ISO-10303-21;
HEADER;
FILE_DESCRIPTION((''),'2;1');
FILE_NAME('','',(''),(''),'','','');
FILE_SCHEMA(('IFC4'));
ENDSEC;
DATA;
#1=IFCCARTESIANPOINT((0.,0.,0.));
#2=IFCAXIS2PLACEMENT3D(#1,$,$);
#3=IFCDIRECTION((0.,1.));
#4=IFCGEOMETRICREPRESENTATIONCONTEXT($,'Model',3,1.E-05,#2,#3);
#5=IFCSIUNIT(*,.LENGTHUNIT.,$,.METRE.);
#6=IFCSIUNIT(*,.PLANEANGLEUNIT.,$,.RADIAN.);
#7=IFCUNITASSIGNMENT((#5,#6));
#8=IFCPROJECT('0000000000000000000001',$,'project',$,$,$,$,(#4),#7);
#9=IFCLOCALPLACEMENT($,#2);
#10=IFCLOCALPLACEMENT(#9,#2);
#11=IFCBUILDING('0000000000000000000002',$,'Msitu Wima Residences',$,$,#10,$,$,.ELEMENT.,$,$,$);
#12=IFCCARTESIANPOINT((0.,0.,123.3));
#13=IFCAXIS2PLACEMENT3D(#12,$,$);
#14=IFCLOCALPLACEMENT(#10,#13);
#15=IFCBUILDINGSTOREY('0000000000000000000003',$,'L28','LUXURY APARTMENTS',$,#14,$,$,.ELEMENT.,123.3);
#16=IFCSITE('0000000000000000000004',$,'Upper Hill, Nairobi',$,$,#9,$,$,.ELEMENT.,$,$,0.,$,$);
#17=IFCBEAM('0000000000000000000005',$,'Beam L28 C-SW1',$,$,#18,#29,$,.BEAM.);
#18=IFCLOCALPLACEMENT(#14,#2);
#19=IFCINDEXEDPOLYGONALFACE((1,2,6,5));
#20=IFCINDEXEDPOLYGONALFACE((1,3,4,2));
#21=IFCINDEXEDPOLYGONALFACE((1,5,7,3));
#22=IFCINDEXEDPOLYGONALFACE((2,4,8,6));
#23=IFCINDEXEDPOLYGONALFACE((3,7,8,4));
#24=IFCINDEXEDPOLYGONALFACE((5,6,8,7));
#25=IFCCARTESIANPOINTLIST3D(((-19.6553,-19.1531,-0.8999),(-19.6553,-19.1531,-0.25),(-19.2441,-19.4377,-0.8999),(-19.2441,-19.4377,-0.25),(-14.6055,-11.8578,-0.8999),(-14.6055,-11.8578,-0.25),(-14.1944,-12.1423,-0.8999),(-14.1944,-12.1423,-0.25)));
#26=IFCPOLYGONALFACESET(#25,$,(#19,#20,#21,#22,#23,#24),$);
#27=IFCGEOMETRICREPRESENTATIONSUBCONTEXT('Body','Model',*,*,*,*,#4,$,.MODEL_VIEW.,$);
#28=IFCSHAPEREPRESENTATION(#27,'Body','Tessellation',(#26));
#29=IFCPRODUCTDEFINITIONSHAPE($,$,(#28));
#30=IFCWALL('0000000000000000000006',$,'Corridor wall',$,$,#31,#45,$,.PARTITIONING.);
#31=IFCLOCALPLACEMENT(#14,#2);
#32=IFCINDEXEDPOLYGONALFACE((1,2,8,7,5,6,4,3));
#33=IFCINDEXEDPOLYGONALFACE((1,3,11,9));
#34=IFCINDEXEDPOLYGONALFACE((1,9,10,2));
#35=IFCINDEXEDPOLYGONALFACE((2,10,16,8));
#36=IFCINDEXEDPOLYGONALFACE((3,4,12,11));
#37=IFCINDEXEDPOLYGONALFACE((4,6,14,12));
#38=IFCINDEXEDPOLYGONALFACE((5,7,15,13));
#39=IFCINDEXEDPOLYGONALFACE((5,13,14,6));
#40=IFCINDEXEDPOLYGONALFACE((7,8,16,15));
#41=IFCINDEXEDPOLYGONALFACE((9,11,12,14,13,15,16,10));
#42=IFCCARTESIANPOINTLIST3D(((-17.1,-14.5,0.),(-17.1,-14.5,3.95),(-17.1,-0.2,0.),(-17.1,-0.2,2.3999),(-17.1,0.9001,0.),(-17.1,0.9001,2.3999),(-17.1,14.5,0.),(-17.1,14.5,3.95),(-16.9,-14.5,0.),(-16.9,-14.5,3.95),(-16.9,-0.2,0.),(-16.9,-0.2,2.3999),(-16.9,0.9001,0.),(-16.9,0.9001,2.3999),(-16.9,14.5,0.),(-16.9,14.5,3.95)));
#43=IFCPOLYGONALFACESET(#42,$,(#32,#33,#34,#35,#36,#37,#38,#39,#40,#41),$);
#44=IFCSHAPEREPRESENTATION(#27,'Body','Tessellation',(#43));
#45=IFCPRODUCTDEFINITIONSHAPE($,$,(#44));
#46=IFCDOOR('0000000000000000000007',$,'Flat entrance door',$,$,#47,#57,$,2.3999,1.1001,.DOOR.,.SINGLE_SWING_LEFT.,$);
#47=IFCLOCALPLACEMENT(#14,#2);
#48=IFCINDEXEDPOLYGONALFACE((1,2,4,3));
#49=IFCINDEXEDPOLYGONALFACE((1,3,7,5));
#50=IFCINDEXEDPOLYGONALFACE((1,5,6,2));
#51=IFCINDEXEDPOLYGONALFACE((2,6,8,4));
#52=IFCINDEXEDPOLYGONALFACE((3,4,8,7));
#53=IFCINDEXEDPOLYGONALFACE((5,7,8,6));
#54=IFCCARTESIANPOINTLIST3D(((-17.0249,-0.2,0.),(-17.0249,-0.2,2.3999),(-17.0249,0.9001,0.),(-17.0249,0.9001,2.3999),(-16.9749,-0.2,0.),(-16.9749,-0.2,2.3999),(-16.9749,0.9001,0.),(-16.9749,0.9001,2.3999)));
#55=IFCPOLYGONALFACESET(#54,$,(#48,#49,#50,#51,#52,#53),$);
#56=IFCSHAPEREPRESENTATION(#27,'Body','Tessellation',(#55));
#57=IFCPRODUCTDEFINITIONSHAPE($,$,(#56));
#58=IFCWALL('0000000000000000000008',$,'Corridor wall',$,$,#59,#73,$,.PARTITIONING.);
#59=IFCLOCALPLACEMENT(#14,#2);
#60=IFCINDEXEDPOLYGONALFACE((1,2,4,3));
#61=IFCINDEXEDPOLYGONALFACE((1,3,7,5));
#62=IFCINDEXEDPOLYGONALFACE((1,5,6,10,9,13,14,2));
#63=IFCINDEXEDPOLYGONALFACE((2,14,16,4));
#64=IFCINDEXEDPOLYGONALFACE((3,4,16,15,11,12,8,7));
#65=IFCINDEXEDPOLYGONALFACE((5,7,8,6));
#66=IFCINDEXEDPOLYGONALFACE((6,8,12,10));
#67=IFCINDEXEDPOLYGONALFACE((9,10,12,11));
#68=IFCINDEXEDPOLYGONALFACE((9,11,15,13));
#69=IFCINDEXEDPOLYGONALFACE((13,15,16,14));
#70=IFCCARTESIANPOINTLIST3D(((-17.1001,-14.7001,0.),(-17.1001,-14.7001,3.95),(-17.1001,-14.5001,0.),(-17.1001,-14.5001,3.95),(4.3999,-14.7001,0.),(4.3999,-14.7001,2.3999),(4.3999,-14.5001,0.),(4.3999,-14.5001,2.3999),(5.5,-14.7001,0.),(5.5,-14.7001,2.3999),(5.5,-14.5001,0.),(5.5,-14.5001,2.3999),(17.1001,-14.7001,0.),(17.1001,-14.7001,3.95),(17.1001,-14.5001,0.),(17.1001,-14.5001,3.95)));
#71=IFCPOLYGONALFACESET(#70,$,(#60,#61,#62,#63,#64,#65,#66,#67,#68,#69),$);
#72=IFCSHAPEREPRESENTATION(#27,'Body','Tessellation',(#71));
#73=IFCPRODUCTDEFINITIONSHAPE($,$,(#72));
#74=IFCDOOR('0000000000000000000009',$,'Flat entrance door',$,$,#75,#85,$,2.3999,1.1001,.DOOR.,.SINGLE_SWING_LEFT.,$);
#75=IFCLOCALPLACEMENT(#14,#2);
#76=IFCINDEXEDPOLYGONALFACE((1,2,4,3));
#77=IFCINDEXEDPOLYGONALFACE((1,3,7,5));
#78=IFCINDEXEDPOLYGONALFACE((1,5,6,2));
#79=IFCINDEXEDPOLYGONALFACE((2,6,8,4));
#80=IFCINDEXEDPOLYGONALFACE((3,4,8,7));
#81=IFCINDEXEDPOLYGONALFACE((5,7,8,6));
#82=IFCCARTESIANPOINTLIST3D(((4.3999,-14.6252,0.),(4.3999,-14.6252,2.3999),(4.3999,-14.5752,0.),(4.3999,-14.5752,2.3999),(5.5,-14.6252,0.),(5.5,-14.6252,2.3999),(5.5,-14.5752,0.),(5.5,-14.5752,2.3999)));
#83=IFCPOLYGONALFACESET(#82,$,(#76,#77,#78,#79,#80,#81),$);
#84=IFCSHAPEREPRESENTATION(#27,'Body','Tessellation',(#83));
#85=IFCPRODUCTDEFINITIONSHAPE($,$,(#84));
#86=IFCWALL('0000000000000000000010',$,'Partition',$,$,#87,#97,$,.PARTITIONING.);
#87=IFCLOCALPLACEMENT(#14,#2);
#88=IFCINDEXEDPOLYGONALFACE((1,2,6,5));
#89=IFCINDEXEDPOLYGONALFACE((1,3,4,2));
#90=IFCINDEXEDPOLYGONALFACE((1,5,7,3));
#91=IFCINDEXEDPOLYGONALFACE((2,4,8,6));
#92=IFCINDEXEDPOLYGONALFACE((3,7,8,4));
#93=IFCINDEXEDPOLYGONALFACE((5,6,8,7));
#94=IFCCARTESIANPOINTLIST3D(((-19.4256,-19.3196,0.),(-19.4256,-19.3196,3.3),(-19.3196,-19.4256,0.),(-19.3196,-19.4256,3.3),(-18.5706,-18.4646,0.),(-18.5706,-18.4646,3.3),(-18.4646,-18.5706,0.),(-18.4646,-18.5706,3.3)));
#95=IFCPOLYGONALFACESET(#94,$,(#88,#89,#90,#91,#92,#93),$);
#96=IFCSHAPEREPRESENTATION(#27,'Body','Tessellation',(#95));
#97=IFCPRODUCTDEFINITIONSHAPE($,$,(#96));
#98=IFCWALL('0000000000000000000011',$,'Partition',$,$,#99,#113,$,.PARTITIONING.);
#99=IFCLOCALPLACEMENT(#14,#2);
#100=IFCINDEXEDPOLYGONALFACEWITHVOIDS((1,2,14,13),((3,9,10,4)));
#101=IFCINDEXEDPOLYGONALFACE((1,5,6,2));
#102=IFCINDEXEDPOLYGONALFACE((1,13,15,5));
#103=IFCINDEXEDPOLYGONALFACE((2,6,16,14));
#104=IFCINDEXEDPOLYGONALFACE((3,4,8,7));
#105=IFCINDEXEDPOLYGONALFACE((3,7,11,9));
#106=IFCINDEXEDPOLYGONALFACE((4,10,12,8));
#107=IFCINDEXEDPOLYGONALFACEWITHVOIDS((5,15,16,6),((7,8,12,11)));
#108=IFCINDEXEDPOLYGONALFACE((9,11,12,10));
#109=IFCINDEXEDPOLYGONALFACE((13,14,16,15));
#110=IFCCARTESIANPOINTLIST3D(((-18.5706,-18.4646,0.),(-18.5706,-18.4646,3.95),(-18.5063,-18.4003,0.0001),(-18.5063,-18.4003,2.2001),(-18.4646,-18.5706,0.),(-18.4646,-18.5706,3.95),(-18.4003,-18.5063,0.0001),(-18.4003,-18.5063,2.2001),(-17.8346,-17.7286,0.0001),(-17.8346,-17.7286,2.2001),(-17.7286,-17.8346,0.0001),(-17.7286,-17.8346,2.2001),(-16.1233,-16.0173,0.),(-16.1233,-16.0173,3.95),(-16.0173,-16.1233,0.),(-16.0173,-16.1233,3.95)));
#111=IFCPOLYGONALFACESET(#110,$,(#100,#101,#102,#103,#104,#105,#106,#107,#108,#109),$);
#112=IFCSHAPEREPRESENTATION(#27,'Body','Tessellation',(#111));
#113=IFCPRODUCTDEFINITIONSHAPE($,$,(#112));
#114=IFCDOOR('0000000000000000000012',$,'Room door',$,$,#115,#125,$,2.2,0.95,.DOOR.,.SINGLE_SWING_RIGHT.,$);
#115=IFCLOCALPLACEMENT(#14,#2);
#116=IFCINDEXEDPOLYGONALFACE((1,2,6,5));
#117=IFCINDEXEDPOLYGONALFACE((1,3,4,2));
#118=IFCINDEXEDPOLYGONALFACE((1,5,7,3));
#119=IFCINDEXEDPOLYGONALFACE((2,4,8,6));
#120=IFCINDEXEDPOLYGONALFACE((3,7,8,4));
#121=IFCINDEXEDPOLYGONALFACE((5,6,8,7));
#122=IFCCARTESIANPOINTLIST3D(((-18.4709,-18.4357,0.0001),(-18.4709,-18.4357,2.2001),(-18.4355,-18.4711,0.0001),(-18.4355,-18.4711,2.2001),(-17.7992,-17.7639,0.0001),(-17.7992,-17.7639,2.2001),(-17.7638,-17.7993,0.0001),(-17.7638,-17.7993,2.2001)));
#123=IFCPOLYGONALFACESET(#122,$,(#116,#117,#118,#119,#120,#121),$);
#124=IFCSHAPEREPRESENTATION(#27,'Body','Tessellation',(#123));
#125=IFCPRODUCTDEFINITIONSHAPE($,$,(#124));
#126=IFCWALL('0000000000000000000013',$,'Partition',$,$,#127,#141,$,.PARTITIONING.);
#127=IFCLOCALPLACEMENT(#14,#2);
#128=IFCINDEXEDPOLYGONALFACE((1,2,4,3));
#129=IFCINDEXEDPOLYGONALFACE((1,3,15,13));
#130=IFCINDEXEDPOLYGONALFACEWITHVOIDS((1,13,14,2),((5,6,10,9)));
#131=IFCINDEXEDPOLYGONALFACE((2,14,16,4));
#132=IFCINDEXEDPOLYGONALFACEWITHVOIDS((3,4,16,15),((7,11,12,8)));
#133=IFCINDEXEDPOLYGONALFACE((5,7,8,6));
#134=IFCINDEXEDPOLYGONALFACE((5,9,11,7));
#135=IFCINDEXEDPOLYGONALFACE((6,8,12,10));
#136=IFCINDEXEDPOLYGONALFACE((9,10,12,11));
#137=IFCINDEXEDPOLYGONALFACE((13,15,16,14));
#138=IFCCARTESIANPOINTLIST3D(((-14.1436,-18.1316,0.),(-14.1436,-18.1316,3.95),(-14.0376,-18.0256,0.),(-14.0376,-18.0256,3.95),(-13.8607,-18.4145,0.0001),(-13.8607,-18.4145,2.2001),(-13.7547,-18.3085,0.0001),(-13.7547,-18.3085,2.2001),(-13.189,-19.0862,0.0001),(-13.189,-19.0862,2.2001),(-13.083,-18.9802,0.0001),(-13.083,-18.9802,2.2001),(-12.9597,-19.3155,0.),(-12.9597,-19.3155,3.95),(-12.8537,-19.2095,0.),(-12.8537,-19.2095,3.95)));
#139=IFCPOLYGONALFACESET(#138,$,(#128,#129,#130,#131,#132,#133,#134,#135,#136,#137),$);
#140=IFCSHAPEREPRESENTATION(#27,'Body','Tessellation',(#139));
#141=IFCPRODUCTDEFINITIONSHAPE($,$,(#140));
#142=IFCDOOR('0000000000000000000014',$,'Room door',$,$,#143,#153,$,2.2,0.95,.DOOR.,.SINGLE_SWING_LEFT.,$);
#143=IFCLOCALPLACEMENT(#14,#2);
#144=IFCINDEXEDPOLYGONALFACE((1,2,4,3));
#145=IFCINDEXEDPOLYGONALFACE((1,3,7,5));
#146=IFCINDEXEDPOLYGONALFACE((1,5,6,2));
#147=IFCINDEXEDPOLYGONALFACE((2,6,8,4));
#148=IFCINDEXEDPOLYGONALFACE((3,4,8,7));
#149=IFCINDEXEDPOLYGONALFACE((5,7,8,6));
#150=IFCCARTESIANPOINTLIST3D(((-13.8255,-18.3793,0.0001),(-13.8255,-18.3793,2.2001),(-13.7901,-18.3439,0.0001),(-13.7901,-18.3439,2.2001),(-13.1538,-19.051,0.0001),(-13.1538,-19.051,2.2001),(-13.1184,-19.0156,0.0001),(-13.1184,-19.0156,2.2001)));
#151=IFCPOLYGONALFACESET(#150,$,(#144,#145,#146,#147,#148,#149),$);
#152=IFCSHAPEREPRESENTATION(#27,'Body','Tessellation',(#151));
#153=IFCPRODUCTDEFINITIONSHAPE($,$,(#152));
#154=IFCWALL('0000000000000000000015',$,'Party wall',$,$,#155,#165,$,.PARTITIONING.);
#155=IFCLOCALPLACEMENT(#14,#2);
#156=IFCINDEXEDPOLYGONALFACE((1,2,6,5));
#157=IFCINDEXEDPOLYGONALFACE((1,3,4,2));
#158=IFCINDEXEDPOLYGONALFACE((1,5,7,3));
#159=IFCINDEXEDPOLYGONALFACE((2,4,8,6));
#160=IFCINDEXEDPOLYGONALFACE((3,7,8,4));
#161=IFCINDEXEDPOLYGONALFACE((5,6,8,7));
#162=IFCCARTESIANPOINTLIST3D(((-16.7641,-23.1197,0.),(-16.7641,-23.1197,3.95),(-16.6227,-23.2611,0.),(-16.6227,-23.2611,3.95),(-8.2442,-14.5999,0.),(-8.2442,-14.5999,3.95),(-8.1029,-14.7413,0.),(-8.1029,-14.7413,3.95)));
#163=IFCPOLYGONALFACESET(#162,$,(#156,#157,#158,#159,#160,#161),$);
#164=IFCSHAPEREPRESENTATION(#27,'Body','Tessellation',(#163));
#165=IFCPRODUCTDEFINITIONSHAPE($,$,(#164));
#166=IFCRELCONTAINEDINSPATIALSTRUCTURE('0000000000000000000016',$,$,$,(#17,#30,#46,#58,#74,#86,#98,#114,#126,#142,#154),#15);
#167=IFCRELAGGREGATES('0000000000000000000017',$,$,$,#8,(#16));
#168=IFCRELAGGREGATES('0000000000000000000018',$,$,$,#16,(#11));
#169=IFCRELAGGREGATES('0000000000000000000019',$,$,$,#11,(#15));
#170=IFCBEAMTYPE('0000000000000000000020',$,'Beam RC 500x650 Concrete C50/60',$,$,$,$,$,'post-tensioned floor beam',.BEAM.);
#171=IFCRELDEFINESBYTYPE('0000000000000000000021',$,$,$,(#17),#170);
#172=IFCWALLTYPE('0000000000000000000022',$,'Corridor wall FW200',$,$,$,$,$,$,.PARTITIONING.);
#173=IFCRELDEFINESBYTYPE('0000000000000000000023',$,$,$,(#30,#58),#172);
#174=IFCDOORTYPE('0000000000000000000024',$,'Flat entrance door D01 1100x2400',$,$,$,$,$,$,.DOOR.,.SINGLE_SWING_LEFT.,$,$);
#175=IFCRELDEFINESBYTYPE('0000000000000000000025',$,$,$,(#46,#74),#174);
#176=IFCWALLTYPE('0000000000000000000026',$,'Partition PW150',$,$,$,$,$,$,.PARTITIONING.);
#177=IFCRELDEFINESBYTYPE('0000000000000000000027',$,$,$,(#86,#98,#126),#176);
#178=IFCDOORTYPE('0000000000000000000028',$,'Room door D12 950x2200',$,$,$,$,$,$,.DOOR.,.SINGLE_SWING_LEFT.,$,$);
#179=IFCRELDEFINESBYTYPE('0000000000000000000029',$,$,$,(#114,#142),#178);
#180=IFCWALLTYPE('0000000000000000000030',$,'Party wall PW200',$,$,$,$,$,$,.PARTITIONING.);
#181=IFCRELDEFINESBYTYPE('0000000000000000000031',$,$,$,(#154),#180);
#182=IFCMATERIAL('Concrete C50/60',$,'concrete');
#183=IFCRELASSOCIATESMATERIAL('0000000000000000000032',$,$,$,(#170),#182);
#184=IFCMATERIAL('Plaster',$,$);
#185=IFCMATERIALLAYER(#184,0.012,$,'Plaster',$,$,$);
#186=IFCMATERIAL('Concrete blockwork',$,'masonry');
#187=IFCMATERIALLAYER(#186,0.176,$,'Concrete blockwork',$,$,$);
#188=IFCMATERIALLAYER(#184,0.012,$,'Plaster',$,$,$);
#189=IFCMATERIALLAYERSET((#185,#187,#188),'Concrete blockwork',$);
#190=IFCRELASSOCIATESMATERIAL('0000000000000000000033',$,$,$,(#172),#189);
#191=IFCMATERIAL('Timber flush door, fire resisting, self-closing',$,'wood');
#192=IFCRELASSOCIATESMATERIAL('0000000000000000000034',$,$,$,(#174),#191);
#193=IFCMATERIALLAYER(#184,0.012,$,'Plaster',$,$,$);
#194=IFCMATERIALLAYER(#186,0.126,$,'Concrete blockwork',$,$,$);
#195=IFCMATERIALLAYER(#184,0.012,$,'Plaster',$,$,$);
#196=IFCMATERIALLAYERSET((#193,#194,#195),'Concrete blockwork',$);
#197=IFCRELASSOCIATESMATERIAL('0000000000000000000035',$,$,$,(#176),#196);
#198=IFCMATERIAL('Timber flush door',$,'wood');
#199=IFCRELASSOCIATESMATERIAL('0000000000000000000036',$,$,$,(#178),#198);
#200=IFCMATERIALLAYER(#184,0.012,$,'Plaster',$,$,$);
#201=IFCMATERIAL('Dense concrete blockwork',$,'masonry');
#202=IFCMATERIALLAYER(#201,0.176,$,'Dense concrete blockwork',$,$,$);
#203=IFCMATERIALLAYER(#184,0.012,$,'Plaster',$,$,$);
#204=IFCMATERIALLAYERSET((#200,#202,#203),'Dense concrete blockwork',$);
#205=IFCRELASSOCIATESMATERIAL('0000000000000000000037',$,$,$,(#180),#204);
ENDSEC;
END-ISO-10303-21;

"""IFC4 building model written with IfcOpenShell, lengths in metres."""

from ifc_helpers import new_model, si_unit, direction, frame, frame_2d, origin, origin_2d, place, context, subcontext, project, spatial, rectangle, extrude, material, layer, layer_set, material_profile, profile_set, type_object, element, fill, save


model = new_model("IFC4")

# Units and contexts
model_context = context("Model", 3, precision=1e-05, world=origin(), true_north=direction((0.0, 1.0)))
body_context = subcontext(model_context, "Body", "Model", "MODEL_VIEW")
ifc_project = project(units=[si_unit("LENGTHUNIT", "METRE"), si_unit("PLANEANGLEUNIT", "RADIAN")], contexts=[model_context])

# Site, building, storey
site_placement = place(None, origin())
site = spatial("IfcSite", under=ifc_project, at=site_placement, Name="Upper Hill, Nairobi", CompositionType="ELEMENT", RefElevation=0.0)
building_placement = place(site_placement, origin())
building = spatial("IfcBuilding", under=site, at=building_placement, Name="Msitu Wima Residences", CompositionType="ELEMENT")
storey_placement = place(building_placement, frame((0.0, 0.0, 123.3)))
storey = spatial("IfcBuildingStorey", under=building, at=storey_placement, Name="L28", Description="LUXURY APARTMENTS", CompositionType="ELEMENT", Elevation=123.3)

# Beam
ifc_material_1 = material(Name="Concrete C50/60", Category="concrete")
ifc_material_profile = material_profile(ifc_material_1, rectangle(XDim=0.5, YDim=0.6499, at=origin_2d()), Name="RC 500x650")
ifc_profile_set = profile_set([ifc_material_profile], Name="Concrete C50/60")
beam_type = type_object("IfcBeamType", Name="Beam RC 500x650 Concrete C50/60", ElementType="post-tensioned floor beam", PredefinedType="BEAM", material=ifc_profile_set)
beam_placement = place(storey_placement, frame((-19.4497, -19.2954, -0.575), z_axis=(0.569144, 0.822238, 0.0), x_axis=(-0.822238, 0.569144, 0.0)))
element("IfcBeam", 1, at=beam_placement, inside=storey, type_object=beam_type, Name="Beam L28 C-SW1", PredefinedType="BEAM", context=body_context, shape_type="SweptSolid", body=[
    extrude(rectangle(XDim=0.5, YDim=0.6499, at=origin_2d()), origin(), (0.0, 0.0, 1.0), 8.8726),
])

# Walls, openings, doors
ifc_material_2 = material(Name="Plaster")
ifc_layer_1 = layer(ifc_material_2, 0.012, Name="Plaster")
ifc_material_3 = material(Name="Concrete blockwork", Category="masonry")
ifc_layer_2 = layer(ifc_material_3, 0.176, Name="Concrete blockwork")
ifc_layer_3 = layer(ifc_material_2, 0.012, Name="Plaster")
ifc_layer_set_1 = layer_set([ifc_layer_1, ifc_layer_2, ifc_layer_3], Name="Concrete blockwork")
wall_type_1 = type_object("IfcWallType", Name="Corridor wall FW200", PredefinedType="PARTITIONING", material=ifc_layer_set_1)
wall_1_placement = place(storey_placement, frame((-17.0, -14.5, 0.0), z_axis=(0.0, 0.0, 1.0), x_axis=(0.0, 1.0, 0.0)))
wall_1 = element("IfcWall", 2, at=wall_1_placement, inside=storey, type_object=wall_type_1, Name="Corridor wall", PredefinedType="PARTITIONING", context=body_context, shape_type="SweptSolid", body=[
    extrude(rectangle(XDim=29.0, YDim=0.2, at=frame_2d((14.5, 0.0))), origin(), (0.0, 0.0, 1.0), 3.95),
])
opening_1_placement = place(wall_1_placement, frame((14.3, 0.0, 0.0)))
opening_1 = element("IfcOpeningElement", 3, at=opening_1_placement, cuts=wall_1, PredefinedType="OPENING", context=body_context, shape_type="SweptSolid", body=[
    extrude(rectangle(XDim=1.1001, YDim=2.3999, at=frame_2d((0.55, 1.2))), frame((0.0, 0.1099, 0.0), z_axis=(0.0, -1.0, 0.0), x_axis=(1.0, 0.0, 0.0)), (0.0, 0.0, 1.0), 0.22),
])
ifc_material_4 = material(Name="Timber flush door, fire resisting, self-closing", Category="wood")
door_type_1 = type_object("IfcDoorType", Name="Flat entrance door D01 1100x2400", OperationType="SINGLE_SWING_LEFT", PredefinedType="DOOR", material=ifc_material_4)
door_1_placement = place(opening_1_placement, origin())
door_1 = element("IfcDoor", 4, at=door_1_placement, inside=storey, type_object=door_type_1, Name="Flat entrance door", OperationType="SINGLE_SWING_LEFT", OverallHeight=2.3999, OverallWidth=1.1001, PredefinedType="DOOR", context=body_context, shape_type="SweptSolid", body=[
    extrude(rectangle(XDim=1.1001, YDim=2.3999, at=frame_2d((0.55, 1.2))), frame((0.0, 0.0249, 0.0), z_axis=(0.0, -1.0, 0.0), x_axis=(1.0, 0.0, 0.0)), (0.0, 0.0, 1.0), 0.05),
])
fill(opening_1, door_1)
wall_2_placement = place(storey_placement, frame((-17.1001, -14.6001, 0.0), z_axis=(0.0, 0.0, 1.0), x_axis=(1.0, 0.0, 0.0)))
wall_2 = element("IfcWall", 5, at=wall_2_placement, inside=storey, type_object=wall_type_1, Name="Corridor wall", PredefinedType="PARTITIONING", context=body_context, shape_type="SweptSolid", body=[
    extrude(rectangle(XDim=34.2002, YDim=0.2, at=frame_2d((17.1001, 0.0))), origin(), (0.0, 0.0, 1.0), 3.95),
])
opening_2_placement = place(wall_2_placement, frame((21.5, 0.0, 0.0)))
opening_2 = element("IfcOpeningElement", 6, at=opening_2_placement, cuts=wall_2, PredefinedType="OPENING", context=body_context, shape_type="SweptSolid", body=[
    extrude(rectangle(XDim=1.1001, YDim=2.3999, at=frame_2d((0.55, 1.2))), frame((0.0, 0.1099, 0.0), z_axis=(0.0, -1.0, 0.0), x_axis=(1.0, 0.0, 0.0)), (0.0, 0.0, 1.0), 0.22),
])
door_2_placement = place(opening_2_placement, origin())
door_2 = element("IfcDoor", 7, at=door_2_placement, inside=storey, type_object=door_type_1, Name="Flat entrance door", OperationType="SINGLE_SWING_LEFT", OverallHeight=2.3999, OverallWidth=1.1001, PredefinedType="DOOR", context=body_context, shape_type="SweptSolid", body=[
    extrude(rectangle(XDim=1.1001, YDim=2.3999, at=frame_2d((0.55, 1.2))), frame((0.0, 0.0249, 0.0), z_axis=(0.0, -1.0, 0.0), x_axis=(1.0, 0.0, 0.0)), (0.0, 0.0, 1.0), 0.05),
])
fill(opening_2, door_2)

# Wall
ifc_layer_4 = layer(ifc_material_2, 0.012, Name="Plaster")
ifc_layer_5 = layer(ifc_material_3, 0.126, Name="Concrete blockwork")
ifc_layer_6 = layer(ifc_material_2, 0.012, Name="Plaster")
ifc_layer_set_2 = layer_set([ifc_layer_4, ifc_layer_5, ifc_layer_6], Name="Concrete blockwork")
wall_type_2 = type_object("IfcWallType", Name="Partition PW150", PredefinedType="PARTITIONING", material=ifc_layer_set_2)
wall_3_placement = place(storey_placement, frame((-19.3726, -19.3726, 0.0), z_axis=(0.0, 0.0, 1.0), x_axis=(0.707107, 0.707107, 0.0)))
element("IfcWall", 8, at=wall_3_placement, inside=storey, type_object=wall_type_2, Name="Partition", PredefinedType="PARTITIONING", context=body_context, shape_type="SweptSolid", body=[
    extrude(rectangle(XDim=1.2092, YDim=0.1499, at=frame_2d((0.6045, 0.0))), origin(), (0.0, 0.0, 1.0), 3.3),
])

# Walls, openings, doors
wall_4_placement = place(storey_placement, frame((-18.5176, -18.5176, 0.0), z_axis=(0.0, 0.0, 1.0), x_axis=(0.707107, 0.707107, 0.0)))
wall_4 = element("IfcWall", 9, at=wall_4_placement, inside=storey, type_object=wall_type_2, Name="Partition", PredefinedType="PARTITIONING", context=body_context, shape_type="SweptSolid", body=[
    extrude(rectangle(XDim=3.4609, YDim=0.1499, at=frame_2d((1.7305, 0.0))), origin(), (0.0, 0.0, 1.0), 3.95),
])
opening_3_placement = place(wall_4_placement, frame((0.0908, 0.0, 0.0)))
opening_3 = element("IfcOpeningElement", 10, at=opening_3_placement, cuts=wall_4, PredefinedType="OPENING", context=body_context, shape_type="SweptSolid", body=[
    extrude(rectangle(XDim=0.95, YDim=2.2, at=frame_2d((0.4751, 1.1001))), frame((0.0, 0.085, 0.0), z_axis=(0.0, -1.0, 0.0), x_axis=(1.0, 0.0, 0.0)), (0.0, 0.0, 1.0), 0.1699),
])
ifc_material_5 = material(Name="Timber flush door", Category="wood")
door_type_2 = type_object("IfcDoorType", Name="Room door D12 950x2200", OperationType="SINGLE_SWING_LEFT", PredefinedType="DOOR", material=ifc_material_5)
door_3_placement = place(opening_3_placement, origin())
door_3 = element("IfcDoor", 11, at=door_3_placement, inside=storey, type_object=door_type_2, Name="Room door", OperationType="SINGLE_SWING_RIGHT", OverallHeight=2.2, OverallWidth=0.95, PredefinedType="DOOR", context=body_context, shape_type="SweptSolid", body=[
    extrude(rectangle(XDim=0.95, YDim=2.2, at=frame_2d((0.4751, 1.1001))), frame((0.0, 0.0249, 0.0), z_axis=(0.0, -1.0, 0.0), x_axis=(1.0, 0.0, 0.0)), (0.0, 0.0, 1.0), 0.05),
])
fill(opening_3, door_3)
wall_5_placement = place(storey_placement, frame((-14.0906, -18.0786, 0.0), z_axis=(0.0, 0.0, 1.0), x_axis=(0.707107, -0.707107, 0.0)))
wall_5 = element("IfcWall", 12, at=wall_5_placement, inside=storey, type_object=wall_type_2, Name="Partition", PredefinedType="PARTITIONING", context=body_context, shape_type="SweptSolid", body=[
    extrude(rectangle(XDim=1.6743, YDim=0.1499, at=frame_2d((0.8372, 0.0))), origin(), (0.0, 0.0, 1.0), 3.95),
])
opening_4_placement = place(wall_5_placement, frame((0.3999, 0.0, 0.0)))
opening_4 = element("IfcOpeningElement", 13, at=opening_4_placement, cuts=wall_5, PredefinedType="OPENING", context=body_context, shape_type="SweptSolid", body=[
    extrude(rectangle(XDim=0.95, YDim=2.2, at=frame_2d((0.4751, 1.1001))), frame((0.0, 0.085, 0.0), z_axis=(0.0, -1.0, 0.0), x_axis=(1.0, 0.0, 0.0)), (0.0, 0.0, 1.0), 0.1699),
])
door_4_placement = place(opening_4_placement, origin())
door_4 = element("IfcDoor", 14, at=door_4_placement, inside=storey, type_object=door_type_2, Name="Room door", OperationType="SINGLE_SWING_LEFT", OverallHeight=2.2, OverallWidth=0.95, PredefinedType="DOOR", context=body_context, shape_type="SweptSolid", body=[
    extrude(rectangle(XDim=0.95, YDim=2.2, at=frame_2d((0.4751, 1.1001))), frame((0.0, 0.0249, 0.0), z_axis=(0.0, -1.0, 0.0), x_axis=(1.0, 0.0, 0.0)), (0.0, 0.0, 1.0), 0.05),
])
fill(opening_4, door_4)

# Wall
ifc_layer_7 = layer(ifc_material_2, 0.012, Name="Plaster")
ifc_material_6 = material(Name="Dense concrete blockwork", Category="masonry")
ifc_layer_8 = layer(ifc_material_6, 0.176, Name="Dense concrete blockwork")
ifc_layer_9 = layer(ifc_material_2, 0.012, Name="Plaster")
ifc_layer_set_3 = layer_set([ifc_layer_7, ifc_layer_8, ifc_layer_9], Name="Dense concrete blockwork")
wall_type_3 = type_object("IfcWallType", Name="Party wall PW200", PredefinedType="PARTITIONING", material=ifc_layer_set_3)
wall_6_placement = place(storey_placement, frame((-16.6934, -23.1904, 0.0), z_axis=(0.0, 0.0, 1.0), x_axis=(0.707107, 0.707107, 0.0)))
element("IfcWall", 15, at=wall_6_placement, inside=storey, type_object=wall_type_3, Name="Party wall", PredefinedType="PARTITIONING", context=body_context, shape_type="SweptSolid", body=[
    extrude(rectangle(XDim=12.0488, YDim=0.2, at=frame_2d((6.0244, 0.0))), origin(), (0.0, 0.0, 1.0), 3.95),
])

save(model, "model.ifc")
